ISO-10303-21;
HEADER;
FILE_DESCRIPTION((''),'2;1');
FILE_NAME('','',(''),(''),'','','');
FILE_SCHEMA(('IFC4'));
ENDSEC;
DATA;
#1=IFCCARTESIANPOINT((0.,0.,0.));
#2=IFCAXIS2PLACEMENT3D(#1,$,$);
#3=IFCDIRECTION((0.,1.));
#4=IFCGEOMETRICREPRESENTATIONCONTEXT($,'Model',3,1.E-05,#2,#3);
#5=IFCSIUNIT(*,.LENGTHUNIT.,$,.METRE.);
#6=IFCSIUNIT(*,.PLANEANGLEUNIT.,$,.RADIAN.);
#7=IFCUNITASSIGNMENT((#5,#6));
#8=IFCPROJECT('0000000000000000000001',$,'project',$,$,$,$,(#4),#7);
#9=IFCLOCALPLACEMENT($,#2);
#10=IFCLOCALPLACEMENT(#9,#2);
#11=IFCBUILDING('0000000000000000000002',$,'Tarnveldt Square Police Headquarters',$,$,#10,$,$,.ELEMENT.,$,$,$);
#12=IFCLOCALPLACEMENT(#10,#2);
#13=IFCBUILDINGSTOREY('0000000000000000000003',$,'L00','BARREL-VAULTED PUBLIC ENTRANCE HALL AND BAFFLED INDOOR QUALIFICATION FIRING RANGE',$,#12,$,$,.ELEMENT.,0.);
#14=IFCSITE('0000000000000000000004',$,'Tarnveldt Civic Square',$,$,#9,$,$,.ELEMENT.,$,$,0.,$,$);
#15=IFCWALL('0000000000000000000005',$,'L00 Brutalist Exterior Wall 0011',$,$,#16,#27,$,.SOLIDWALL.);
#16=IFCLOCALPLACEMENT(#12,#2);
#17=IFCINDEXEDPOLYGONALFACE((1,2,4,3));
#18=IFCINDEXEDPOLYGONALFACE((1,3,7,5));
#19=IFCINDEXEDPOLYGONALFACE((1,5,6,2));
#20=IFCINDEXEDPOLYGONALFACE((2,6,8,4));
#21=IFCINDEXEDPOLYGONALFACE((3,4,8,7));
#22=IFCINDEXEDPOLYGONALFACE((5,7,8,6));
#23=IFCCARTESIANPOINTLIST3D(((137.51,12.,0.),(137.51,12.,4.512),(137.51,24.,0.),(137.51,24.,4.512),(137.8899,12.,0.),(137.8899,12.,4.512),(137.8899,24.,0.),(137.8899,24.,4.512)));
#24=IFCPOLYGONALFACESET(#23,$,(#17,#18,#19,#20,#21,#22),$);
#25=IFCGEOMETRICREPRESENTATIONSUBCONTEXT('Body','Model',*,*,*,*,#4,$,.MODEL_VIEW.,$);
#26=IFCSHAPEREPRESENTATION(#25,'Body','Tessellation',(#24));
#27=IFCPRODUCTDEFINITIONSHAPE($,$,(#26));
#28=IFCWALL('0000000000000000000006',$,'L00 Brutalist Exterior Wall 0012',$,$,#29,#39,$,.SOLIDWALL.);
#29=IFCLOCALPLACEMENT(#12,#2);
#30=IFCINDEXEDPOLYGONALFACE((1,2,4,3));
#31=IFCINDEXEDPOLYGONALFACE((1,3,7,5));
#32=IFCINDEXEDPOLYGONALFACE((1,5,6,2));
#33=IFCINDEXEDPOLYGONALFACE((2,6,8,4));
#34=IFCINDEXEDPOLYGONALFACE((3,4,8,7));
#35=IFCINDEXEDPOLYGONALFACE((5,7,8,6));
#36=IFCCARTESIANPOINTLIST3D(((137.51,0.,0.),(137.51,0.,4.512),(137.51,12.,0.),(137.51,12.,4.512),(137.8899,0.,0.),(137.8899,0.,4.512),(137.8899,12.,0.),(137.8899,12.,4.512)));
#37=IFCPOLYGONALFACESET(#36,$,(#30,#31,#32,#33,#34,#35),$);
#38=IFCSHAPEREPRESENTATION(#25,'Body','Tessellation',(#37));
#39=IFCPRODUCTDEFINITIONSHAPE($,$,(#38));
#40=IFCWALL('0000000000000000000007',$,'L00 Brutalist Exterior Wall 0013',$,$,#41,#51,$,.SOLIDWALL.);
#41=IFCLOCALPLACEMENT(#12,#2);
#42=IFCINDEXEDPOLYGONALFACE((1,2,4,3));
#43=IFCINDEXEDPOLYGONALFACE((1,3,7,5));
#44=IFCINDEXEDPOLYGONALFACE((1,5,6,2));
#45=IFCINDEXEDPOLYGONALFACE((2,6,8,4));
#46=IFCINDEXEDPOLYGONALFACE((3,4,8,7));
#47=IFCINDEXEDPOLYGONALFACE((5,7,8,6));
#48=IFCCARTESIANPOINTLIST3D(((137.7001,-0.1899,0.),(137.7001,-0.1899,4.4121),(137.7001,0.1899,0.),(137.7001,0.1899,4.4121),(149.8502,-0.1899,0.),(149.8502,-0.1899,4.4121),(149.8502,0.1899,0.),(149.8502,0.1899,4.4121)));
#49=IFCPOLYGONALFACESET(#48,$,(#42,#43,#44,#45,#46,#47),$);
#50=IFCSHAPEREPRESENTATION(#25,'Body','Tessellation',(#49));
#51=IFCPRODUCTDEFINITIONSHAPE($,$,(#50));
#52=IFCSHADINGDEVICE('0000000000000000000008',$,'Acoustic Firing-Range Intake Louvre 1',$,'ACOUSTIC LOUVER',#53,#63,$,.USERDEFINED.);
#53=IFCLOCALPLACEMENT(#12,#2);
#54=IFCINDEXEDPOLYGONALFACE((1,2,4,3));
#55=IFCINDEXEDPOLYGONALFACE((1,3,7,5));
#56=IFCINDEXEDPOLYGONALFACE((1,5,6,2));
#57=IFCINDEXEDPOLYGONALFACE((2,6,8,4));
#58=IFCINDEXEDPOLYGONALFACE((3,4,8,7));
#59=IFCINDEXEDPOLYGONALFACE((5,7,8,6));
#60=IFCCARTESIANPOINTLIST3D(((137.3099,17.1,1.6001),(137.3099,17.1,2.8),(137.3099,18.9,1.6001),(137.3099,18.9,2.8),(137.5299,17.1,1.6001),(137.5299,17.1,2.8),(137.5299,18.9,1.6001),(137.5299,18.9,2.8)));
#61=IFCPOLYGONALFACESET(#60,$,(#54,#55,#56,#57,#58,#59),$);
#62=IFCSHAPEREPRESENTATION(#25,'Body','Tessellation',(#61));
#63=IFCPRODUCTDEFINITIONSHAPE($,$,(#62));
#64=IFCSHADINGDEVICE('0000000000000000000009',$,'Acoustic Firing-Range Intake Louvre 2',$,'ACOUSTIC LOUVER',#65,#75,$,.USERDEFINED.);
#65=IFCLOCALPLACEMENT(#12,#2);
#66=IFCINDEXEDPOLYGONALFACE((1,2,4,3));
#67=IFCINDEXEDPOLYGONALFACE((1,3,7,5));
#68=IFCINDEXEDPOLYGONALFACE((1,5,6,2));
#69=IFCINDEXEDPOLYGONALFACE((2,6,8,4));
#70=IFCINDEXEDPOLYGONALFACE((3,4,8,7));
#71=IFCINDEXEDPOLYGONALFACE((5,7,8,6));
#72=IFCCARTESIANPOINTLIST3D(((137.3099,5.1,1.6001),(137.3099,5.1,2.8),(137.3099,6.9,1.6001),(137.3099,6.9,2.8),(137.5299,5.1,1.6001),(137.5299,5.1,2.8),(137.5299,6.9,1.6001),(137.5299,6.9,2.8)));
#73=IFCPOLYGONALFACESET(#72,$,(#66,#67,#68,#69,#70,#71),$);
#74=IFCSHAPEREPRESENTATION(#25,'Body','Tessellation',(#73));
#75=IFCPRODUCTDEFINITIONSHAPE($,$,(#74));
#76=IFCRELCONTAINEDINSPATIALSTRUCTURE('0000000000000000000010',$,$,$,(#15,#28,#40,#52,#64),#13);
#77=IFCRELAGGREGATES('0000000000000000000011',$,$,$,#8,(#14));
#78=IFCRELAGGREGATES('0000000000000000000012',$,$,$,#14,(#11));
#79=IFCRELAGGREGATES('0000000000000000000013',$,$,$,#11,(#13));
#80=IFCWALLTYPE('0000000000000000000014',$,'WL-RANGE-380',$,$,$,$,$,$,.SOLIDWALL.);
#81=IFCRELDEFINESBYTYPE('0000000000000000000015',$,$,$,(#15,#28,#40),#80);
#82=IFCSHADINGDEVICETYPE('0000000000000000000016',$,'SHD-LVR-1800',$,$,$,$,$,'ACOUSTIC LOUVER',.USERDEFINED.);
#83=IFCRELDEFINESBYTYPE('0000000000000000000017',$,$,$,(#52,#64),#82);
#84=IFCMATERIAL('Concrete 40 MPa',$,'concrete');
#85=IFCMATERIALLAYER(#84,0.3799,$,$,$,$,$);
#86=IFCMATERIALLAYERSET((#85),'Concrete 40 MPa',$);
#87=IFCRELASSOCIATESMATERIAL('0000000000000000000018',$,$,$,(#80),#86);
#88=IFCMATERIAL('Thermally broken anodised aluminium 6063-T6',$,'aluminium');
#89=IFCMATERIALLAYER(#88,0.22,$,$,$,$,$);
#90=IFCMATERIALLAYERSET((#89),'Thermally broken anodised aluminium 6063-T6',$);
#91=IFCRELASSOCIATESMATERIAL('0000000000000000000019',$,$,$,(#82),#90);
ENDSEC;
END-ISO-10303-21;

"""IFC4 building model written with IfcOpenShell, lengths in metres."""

from ifc_helpers import new_model, si_unit, direction, frame, frame_2d, origin, origin_2d, place, context, subcontext, project, spatial, rectangle, extrude, material, layer, layer_set, type_object, element, save


model = new_model("IFC4")

# Units and contexts
model_context = context("Model", 3, precision=1e-05, world=origin(), true_north=direction((0.0, 1.0)))
body_context = subcontext(model_context, "Body", "Model", "MODEL_VIEW")
ifc_project = project(units=[si_unit("LENGTHUNIT", "METRE"), si_unit("PLANEANGLEUNIT", "RADIAN")], contexts=[model_context])

# Site, building, storey
site_placement = place(None, origin())
site = spatial("IfcSite", under=ifc_project, at=site_placement, Name="Tarnveldt Civic Square", CompositionType="ELEMENT", RefElevation=0.0)
building_placement = place(site_placement, origin())
building = spatial("IfcBuilding", under=site, at=building_placement, Name="Tarnveldt Square Police Headquarters", CompositionType="ELEMENT")
storey_placement = place(building_placement, origin())
storey = spatial("IfcBuildingStorey", under=building, at=storey_placement, Name="L00", Description="BARREL-VAULTED PUBLIC ENTRANCE HALL AND BAFFLED INDOOR QUALIFICATION FIRING RANGE", CompositionType="ELEMENT", Elevation=0.0)

# Shared definitions
ifc_material_1 = material(Name="Concrete 40 MPa", Category="concrete")

# Walls
ifc_layer_1 = layer(ifc_material_1, 0.3799)
ifc_layer_set_1 = layer_set([ifc_layer_1], Name="Concrete 40 MPa")
wall_type = type_object("IfcWallType", Name="WL-RANGE-380", PredefinedType="SOLIDWALL", material=ifc_layer_set_1)
for number, where, z_axis, x_axis, name in (
    (1, (137.7, 24.0, 0.0), (0.0, 0.0, 1.0), (0.0, -1.0, 0.0), "L00 Brutalist Exterior Wall 0011"),
    (2, (137.7, 12.0, 0.0), (0.0, 0.0, 1.0), (0.0, -1.0, 0.0), "L00 Brutalist Exterior Wall 0012"),
):
    element("IfcWall", number, at=place(storey_placement, frame(where, z_axis=z_axis, x_axis=x_axis)), inside=storey, type_object=wall_type, Name=name, PredefinedType="SOLIDWALL", context=body_context, shape_type="SweptSolid", body=[
        extrude(rectangle(XDim=12.0, YDim=0.3799, at=frame_2d((6.0, 0.0))), origin(), (0.0, 0.0, 1.0), 4.512),
    ])
wall_placement = place(storey_placement, frame((137.7, 0.0, 0.0), z_axis=(0.0, 0.0, 1.0), x_axis=(1.0, 0.0, 0.0)))
element("IfcWall", 3, at=wall_placement, inside=storey, type_object=wall_type, Name="L00 Brutalist Exterior Wall 0013", PredefinedType="SOLIDWALL", context=body_context, shape_type="SweptSolid", body=[
    extrude(rectangle(XDim=12.1501, YDim=0.3799, at=frame_2d((6.0752, 0.0))), origin(), (0.0, 0.0, 1.0), 4.4121),
])

# Shading devices
ifc_material_2 = material(Name="Thermally broken anodised aluminium 6063-T6", Category="aluminium")
ifc_layer_2 = layer(ifc_material_2, 0.22)
ifc_layer_set_2 = layer_set([ifc_layer_2], Name="Thermally broken anodised aluminium 6063-T6")
shading_device_type = type_object("IfcShadingDeviceType", Name="SHD-LVR-1800", ElementType="ACOUSTIC LOUVER", PredefinedType="USERDEFINED", material=ifc_layer_set_2)
for number, where, z_axis, x_axis, name in (
    (4, (137.4199, 18.0, 1.6001), (0.0, 0.0, 1.0), (0.0, -1.0, 0.0), "Acoustic Firing-Range Intake Louvre 1"),
    (5, (137.4199, 6.0, 1.6001), (0.0, 0.0, 1.0), (0.0, -1.0, 0.0), "Acoustic Firing-Range Intake Louvre 2"),
):
    element("IfcShadingDevice", number, at=place(storey_placement, frame(where, z_axis=z_axis, x_axis=x_axis)), inside=storey, type_object=shading_device_type, Name=name, ObjectType="ACOUSTIC LOUVER", PredefinedType="USERDEFINED", context=body_context, shape_type="SweptSolid", body=[
        extrude(rectangle(XDim=1.8, YDim=0.22, at=origin_2d()), origin(), (0.0, 0.0, 1.0), 1.2),
    ])

save(model, "model.ifc")
